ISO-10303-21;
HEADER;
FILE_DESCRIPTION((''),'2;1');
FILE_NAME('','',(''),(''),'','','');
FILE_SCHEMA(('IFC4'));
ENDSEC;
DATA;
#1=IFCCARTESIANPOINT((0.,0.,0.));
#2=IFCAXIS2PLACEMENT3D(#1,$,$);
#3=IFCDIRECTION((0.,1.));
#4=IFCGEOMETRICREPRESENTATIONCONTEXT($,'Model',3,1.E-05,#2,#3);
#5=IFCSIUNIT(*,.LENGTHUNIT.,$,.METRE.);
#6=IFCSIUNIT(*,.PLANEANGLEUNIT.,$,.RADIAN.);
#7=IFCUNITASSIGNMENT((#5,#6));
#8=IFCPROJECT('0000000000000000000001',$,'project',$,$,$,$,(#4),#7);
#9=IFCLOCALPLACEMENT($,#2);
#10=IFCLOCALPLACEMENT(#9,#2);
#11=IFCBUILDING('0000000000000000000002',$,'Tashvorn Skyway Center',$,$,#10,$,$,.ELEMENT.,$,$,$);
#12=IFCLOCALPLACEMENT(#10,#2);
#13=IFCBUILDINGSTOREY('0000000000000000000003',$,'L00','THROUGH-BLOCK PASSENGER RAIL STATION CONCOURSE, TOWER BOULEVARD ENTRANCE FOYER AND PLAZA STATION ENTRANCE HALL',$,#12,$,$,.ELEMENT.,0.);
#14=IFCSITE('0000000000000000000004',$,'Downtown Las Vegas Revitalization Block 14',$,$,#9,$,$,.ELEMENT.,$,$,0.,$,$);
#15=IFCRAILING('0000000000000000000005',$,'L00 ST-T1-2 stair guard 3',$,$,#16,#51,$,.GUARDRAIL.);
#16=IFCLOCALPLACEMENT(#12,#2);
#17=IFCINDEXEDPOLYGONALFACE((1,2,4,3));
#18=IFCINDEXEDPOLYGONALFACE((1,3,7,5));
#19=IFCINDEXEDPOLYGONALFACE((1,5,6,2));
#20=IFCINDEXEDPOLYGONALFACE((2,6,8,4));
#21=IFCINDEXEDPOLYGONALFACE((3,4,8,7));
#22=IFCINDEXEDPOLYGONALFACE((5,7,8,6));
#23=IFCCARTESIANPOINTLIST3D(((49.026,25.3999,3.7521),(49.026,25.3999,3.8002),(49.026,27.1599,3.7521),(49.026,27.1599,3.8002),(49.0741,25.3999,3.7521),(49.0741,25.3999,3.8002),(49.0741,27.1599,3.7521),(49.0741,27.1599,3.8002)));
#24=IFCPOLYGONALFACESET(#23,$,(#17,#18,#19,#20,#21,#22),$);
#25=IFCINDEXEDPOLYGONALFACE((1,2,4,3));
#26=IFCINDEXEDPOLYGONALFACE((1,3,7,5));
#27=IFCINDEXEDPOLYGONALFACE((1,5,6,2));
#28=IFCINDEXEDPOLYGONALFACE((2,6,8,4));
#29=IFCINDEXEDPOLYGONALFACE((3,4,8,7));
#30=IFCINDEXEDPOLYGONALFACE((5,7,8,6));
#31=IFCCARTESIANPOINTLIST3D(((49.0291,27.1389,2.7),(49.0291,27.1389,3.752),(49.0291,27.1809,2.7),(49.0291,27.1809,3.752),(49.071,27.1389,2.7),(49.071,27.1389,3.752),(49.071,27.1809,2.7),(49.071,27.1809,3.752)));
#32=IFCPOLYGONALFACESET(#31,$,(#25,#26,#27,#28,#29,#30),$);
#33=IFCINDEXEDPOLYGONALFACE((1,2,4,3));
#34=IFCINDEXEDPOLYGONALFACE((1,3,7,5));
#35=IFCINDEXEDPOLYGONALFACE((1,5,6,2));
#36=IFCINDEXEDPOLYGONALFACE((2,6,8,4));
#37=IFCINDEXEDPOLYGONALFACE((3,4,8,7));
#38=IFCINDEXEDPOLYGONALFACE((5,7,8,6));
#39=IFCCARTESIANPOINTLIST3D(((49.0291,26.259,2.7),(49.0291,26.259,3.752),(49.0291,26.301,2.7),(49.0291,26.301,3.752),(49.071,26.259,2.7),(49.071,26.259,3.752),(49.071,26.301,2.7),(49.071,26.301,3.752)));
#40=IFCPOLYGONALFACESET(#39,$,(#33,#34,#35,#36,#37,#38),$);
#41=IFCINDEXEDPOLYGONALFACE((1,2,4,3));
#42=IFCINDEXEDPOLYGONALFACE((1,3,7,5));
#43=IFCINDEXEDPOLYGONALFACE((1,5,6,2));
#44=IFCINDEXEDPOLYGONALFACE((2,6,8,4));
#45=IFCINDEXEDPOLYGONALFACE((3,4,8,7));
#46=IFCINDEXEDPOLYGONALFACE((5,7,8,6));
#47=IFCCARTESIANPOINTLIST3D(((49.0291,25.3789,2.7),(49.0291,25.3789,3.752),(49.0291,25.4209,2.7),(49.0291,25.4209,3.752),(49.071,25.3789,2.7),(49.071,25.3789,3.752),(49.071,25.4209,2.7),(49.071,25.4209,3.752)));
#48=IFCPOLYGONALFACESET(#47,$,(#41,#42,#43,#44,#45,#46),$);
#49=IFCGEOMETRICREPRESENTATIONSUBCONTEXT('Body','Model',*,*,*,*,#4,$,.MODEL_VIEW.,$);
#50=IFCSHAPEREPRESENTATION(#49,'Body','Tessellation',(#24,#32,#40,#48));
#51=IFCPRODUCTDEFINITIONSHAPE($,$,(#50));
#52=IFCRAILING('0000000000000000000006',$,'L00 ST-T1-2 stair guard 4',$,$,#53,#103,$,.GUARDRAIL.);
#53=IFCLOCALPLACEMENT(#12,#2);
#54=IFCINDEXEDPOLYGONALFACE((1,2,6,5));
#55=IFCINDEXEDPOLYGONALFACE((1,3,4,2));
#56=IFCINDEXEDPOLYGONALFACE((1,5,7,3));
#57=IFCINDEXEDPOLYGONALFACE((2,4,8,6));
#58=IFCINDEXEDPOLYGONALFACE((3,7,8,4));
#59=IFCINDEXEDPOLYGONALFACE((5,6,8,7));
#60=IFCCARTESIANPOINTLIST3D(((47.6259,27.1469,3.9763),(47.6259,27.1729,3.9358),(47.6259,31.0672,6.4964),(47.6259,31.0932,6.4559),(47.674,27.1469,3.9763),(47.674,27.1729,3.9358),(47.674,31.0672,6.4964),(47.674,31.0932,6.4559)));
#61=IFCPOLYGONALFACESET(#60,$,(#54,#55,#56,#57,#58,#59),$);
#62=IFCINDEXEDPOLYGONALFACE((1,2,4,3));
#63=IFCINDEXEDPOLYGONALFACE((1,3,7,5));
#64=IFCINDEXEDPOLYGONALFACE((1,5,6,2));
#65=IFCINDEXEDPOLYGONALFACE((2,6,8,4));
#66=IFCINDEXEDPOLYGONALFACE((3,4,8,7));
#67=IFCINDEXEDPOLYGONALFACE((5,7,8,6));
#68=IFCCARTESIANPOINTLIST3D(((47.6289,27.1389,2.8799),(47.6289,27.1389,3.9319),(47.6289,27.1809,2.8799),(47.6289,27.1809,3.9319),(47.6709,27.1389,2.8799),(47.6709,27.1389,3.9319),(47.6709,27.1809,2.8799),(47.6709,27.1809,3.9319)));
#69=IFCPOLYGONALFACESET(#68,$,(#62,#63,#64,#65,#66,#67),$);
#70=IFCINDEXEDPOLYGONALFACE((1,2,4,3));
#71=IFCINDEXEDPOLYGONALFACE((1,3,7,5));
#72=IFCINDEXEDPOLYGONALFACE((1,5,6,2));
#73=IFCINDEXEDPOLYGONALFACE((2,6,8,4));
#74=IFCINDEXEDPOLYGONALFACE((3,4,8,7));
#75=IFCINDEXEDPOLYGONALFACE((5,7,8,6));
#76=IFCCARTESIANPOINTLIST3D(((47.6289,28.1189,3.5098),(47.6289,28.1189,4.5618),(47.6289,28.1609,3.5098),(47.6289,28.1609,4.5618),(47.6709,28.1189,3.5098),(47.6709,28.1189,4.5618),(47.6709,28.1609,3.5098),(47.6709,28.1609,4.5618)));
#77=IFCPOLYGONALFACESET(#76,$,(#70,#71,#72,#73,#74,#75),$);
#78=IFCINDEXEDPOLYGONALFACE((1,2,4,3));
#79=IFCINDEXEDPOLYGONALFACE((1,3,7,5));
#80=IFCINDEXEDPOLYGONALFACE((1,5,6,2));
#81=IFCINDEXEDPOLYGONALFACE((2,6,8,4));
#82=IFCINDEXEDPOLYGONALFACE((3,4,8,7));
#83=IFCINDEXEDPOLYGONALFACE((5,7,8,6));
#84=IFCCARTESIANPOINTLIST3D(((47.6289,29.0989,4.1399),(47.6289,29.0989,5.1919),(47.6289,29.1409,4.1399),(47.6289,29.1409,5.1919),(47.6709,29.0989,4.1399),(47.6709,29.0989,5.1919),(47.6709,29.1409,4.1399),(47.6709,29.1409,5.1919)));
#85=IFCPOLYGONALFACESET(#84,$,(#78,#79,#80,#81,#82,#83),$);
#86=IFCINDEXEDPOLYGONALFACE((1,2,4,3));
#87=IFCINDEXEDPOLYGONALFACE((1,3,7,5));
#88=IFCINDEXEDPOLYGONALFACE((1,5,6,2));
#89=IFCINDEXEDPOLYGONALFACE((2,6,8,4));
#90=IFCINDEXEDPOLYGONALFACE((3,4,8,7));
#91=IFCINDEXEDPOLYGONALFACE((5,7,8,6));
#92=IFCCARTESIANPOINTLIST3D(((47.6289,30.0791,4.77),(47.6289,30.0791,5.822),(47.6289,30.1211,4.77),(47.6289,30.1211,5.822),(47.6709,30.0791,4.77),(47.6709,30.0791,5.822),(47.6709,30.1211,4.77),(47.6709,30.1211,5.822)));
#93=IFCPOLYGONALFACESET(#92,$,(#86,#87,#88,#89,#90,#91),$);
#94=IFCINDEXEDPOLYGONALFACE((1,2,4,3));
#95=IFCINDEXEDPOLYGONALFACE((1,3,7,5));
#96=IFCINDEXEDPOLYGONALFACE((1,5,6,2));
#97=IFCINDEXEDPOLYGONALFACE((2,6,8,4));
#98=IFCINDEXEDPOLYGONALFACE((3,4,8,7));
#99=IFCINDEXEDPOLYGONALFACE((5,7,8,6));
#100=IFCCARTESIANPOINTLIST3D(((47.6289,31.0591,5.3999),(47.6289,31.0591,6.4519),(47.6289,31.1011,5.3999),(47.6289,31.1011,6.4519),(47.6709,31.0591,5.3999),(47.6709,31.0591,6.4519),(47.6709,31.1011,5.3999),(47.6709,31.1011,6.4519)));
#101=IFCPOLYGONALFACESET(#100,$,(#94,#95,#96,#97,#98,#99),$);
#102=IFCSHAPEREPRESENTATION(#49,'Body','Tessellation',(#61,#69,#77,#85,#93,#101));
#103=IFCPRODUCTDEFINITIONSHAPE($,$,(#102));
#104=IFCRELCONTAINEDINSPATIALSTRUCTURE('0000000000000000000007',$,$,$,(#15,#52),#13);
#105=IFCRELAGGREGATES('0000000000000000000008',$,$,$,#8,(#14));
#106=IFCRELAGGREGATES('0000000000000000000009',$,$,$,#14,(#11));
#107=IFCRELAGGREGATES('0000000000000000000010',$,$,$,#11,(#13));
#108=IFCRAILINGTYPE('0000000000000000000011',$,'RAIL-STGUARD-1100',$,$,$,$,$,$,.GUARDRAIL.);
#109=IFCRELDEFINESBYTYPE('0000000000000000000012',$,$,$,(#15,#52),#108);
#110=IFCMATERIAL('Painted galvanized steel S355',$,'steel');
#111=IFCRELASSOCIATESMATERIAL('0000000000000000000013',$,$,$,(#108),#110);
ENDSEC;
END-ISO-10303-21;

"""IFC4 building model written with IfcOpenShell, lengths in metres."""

from ifc_helpers import new_model, si_unit, direction, frame, origin, origin_2d, place, context, subcontext, project, spatial, rectangle, extrude, material, type_object, element, save


model = new_model("IFC4")

# Units and contexts
model_context = context("Model", 3, precision=1e-05, world=origin(), true_north=direction((0.0, 1.0)))
body_context = subcontext(model_context, "Body", "Model", "MODEL_VIEW")
ifc_project = project(units=[si_unit("LENGTHUNIT", "METRE"), si_unit("PLANEANGLEUNIT", "RADIAN")], contexts=[model_context])

# Site, building, storey
site_placement = place(None, origin())
site = spatial("IfcSite", under=ifc_project, at=site_placement, Name="Downtown Las Vegas Revitalization Block 14", CompositionType="ELEMENT", RefElevation=0.0)
building_placement = place(site_placement, origin())
building = spatial("IfcBuilding", under=site, at=building_placement, Name="Tashvorn Skyway Center", CompositionType="ELEMENT")
storey_placement = place(building_placement, origin())
storey = spatial("IfcBuildingStorey", under=building, at=storey_placement, Name="L00", Description="THROUGH-BLOCK PASSENGER RAIL STATION CONCOURSE, TOWER BOULEVARD ENTRANCE FOYER AND PLAZA STATION ENTRANCE HALL", CompositionType="ELEMENT", Elevation=0.0)

# Railings
ifc_material_1 = material(Name="Painted galvanized steel S355", Category="steel")
railing_type_1 = type_object("IfcRailingType", Name="RAIL-STGUARD-1100", PredefinedType="GUARDRAIL", material=ifc_material_1)
railing_1_placement = place(storey_placement, frame((49.05, 27.1599, 2.7)))
element("IfcRailing", 1, at=railing_1_placement, inside=storey, type_object=railing_type_1, Name="L00 ST-T1-2 stair guard 3", PredefinedType="GUARDRAIL", context=body_context, shape_type="SweptSolid", body=[
    extrude(rectangle(XDim=0.0481, YDim=0.0481, at=origin_2d()), frame((0.0, 0.0, 1.0762), z_axis=(0.0, -1.0, 0.0), x_axis=(1.0, 0.0, 0.0)), (0.0, 0.0, 1.0), 1.76),
    extrude(rectangle(XDim=0.042, YDim=0.042, at=origin_2d()), origin(), (0.0, 0.0, 1.0), 1.052),
    extrude(rectangle(XDim=0.042, YDim=0.042, at=origin_2d()), frame((0.0, -0.8799, 0.0)), (0.0, 0.0, 1.0), 1.052),
    extrude(rectangle(XDim=0.042, YDim=0.042, at=origin_2d()), frame((0.0, -1.76, 0.0)), (0.0, 0.0, 1.0), 1.052),
])
railing_2_placement = place(storey_placement, frame((47.6499, 27.1599, 2.8799)))
element("IfcRailing", 2, at=railing_2_placement, inside=storey, type_object=railing_type_1, Name="L00 ST-T1-2 stair guard 4", PredefinedType="GUARDRAIL", context=body_context, shape_type="SweptSolid", body=[
    extrude(rectangle(XDim=0.0481, YDim=0.0481, at=origin_2d()), frame((0.0, 0.0, 1.0762), z_axis=(0.0, 0.841187, 0.540744), x_axis=(-1.0, 0.0, 0.0)), (0.0, 0.0, 1.0), 4.6604),
    extrude(rectangle(XDim=0.042, YDim=0.042, at=origin_2d()), origin(), (0.0, 0.0, 1.0), 1.052),
    extrude(rectangle(XDim=0.042, YDim=0.042, at=origin_2d()), frame((0.0, 0.98, 0.6299)), (0.0, 0.0, 1.0), 1.052),
    extrude(rectangle(XDim=0.042, YDim=0.042, at=origin_2d()), frame((0.0, 1.96, 1.26)), (0.0, 0.0, 1.0), 1.052),
    extrude(rectangle(XDim=0.042, YDim=0.042, at=origin_2d()), frame((0.0, 2.9402, 1.8901)), (0.0, 0.0, 1.0), 1.052),
    extrude(rectangle(XDim=0.042, YDim=0.042, at=origin_2d()), frame((0.0, 3.9202, 2.52)), (0.0, 0.0, 1.0), 1.052),
])

save(model, "model.ifc")
